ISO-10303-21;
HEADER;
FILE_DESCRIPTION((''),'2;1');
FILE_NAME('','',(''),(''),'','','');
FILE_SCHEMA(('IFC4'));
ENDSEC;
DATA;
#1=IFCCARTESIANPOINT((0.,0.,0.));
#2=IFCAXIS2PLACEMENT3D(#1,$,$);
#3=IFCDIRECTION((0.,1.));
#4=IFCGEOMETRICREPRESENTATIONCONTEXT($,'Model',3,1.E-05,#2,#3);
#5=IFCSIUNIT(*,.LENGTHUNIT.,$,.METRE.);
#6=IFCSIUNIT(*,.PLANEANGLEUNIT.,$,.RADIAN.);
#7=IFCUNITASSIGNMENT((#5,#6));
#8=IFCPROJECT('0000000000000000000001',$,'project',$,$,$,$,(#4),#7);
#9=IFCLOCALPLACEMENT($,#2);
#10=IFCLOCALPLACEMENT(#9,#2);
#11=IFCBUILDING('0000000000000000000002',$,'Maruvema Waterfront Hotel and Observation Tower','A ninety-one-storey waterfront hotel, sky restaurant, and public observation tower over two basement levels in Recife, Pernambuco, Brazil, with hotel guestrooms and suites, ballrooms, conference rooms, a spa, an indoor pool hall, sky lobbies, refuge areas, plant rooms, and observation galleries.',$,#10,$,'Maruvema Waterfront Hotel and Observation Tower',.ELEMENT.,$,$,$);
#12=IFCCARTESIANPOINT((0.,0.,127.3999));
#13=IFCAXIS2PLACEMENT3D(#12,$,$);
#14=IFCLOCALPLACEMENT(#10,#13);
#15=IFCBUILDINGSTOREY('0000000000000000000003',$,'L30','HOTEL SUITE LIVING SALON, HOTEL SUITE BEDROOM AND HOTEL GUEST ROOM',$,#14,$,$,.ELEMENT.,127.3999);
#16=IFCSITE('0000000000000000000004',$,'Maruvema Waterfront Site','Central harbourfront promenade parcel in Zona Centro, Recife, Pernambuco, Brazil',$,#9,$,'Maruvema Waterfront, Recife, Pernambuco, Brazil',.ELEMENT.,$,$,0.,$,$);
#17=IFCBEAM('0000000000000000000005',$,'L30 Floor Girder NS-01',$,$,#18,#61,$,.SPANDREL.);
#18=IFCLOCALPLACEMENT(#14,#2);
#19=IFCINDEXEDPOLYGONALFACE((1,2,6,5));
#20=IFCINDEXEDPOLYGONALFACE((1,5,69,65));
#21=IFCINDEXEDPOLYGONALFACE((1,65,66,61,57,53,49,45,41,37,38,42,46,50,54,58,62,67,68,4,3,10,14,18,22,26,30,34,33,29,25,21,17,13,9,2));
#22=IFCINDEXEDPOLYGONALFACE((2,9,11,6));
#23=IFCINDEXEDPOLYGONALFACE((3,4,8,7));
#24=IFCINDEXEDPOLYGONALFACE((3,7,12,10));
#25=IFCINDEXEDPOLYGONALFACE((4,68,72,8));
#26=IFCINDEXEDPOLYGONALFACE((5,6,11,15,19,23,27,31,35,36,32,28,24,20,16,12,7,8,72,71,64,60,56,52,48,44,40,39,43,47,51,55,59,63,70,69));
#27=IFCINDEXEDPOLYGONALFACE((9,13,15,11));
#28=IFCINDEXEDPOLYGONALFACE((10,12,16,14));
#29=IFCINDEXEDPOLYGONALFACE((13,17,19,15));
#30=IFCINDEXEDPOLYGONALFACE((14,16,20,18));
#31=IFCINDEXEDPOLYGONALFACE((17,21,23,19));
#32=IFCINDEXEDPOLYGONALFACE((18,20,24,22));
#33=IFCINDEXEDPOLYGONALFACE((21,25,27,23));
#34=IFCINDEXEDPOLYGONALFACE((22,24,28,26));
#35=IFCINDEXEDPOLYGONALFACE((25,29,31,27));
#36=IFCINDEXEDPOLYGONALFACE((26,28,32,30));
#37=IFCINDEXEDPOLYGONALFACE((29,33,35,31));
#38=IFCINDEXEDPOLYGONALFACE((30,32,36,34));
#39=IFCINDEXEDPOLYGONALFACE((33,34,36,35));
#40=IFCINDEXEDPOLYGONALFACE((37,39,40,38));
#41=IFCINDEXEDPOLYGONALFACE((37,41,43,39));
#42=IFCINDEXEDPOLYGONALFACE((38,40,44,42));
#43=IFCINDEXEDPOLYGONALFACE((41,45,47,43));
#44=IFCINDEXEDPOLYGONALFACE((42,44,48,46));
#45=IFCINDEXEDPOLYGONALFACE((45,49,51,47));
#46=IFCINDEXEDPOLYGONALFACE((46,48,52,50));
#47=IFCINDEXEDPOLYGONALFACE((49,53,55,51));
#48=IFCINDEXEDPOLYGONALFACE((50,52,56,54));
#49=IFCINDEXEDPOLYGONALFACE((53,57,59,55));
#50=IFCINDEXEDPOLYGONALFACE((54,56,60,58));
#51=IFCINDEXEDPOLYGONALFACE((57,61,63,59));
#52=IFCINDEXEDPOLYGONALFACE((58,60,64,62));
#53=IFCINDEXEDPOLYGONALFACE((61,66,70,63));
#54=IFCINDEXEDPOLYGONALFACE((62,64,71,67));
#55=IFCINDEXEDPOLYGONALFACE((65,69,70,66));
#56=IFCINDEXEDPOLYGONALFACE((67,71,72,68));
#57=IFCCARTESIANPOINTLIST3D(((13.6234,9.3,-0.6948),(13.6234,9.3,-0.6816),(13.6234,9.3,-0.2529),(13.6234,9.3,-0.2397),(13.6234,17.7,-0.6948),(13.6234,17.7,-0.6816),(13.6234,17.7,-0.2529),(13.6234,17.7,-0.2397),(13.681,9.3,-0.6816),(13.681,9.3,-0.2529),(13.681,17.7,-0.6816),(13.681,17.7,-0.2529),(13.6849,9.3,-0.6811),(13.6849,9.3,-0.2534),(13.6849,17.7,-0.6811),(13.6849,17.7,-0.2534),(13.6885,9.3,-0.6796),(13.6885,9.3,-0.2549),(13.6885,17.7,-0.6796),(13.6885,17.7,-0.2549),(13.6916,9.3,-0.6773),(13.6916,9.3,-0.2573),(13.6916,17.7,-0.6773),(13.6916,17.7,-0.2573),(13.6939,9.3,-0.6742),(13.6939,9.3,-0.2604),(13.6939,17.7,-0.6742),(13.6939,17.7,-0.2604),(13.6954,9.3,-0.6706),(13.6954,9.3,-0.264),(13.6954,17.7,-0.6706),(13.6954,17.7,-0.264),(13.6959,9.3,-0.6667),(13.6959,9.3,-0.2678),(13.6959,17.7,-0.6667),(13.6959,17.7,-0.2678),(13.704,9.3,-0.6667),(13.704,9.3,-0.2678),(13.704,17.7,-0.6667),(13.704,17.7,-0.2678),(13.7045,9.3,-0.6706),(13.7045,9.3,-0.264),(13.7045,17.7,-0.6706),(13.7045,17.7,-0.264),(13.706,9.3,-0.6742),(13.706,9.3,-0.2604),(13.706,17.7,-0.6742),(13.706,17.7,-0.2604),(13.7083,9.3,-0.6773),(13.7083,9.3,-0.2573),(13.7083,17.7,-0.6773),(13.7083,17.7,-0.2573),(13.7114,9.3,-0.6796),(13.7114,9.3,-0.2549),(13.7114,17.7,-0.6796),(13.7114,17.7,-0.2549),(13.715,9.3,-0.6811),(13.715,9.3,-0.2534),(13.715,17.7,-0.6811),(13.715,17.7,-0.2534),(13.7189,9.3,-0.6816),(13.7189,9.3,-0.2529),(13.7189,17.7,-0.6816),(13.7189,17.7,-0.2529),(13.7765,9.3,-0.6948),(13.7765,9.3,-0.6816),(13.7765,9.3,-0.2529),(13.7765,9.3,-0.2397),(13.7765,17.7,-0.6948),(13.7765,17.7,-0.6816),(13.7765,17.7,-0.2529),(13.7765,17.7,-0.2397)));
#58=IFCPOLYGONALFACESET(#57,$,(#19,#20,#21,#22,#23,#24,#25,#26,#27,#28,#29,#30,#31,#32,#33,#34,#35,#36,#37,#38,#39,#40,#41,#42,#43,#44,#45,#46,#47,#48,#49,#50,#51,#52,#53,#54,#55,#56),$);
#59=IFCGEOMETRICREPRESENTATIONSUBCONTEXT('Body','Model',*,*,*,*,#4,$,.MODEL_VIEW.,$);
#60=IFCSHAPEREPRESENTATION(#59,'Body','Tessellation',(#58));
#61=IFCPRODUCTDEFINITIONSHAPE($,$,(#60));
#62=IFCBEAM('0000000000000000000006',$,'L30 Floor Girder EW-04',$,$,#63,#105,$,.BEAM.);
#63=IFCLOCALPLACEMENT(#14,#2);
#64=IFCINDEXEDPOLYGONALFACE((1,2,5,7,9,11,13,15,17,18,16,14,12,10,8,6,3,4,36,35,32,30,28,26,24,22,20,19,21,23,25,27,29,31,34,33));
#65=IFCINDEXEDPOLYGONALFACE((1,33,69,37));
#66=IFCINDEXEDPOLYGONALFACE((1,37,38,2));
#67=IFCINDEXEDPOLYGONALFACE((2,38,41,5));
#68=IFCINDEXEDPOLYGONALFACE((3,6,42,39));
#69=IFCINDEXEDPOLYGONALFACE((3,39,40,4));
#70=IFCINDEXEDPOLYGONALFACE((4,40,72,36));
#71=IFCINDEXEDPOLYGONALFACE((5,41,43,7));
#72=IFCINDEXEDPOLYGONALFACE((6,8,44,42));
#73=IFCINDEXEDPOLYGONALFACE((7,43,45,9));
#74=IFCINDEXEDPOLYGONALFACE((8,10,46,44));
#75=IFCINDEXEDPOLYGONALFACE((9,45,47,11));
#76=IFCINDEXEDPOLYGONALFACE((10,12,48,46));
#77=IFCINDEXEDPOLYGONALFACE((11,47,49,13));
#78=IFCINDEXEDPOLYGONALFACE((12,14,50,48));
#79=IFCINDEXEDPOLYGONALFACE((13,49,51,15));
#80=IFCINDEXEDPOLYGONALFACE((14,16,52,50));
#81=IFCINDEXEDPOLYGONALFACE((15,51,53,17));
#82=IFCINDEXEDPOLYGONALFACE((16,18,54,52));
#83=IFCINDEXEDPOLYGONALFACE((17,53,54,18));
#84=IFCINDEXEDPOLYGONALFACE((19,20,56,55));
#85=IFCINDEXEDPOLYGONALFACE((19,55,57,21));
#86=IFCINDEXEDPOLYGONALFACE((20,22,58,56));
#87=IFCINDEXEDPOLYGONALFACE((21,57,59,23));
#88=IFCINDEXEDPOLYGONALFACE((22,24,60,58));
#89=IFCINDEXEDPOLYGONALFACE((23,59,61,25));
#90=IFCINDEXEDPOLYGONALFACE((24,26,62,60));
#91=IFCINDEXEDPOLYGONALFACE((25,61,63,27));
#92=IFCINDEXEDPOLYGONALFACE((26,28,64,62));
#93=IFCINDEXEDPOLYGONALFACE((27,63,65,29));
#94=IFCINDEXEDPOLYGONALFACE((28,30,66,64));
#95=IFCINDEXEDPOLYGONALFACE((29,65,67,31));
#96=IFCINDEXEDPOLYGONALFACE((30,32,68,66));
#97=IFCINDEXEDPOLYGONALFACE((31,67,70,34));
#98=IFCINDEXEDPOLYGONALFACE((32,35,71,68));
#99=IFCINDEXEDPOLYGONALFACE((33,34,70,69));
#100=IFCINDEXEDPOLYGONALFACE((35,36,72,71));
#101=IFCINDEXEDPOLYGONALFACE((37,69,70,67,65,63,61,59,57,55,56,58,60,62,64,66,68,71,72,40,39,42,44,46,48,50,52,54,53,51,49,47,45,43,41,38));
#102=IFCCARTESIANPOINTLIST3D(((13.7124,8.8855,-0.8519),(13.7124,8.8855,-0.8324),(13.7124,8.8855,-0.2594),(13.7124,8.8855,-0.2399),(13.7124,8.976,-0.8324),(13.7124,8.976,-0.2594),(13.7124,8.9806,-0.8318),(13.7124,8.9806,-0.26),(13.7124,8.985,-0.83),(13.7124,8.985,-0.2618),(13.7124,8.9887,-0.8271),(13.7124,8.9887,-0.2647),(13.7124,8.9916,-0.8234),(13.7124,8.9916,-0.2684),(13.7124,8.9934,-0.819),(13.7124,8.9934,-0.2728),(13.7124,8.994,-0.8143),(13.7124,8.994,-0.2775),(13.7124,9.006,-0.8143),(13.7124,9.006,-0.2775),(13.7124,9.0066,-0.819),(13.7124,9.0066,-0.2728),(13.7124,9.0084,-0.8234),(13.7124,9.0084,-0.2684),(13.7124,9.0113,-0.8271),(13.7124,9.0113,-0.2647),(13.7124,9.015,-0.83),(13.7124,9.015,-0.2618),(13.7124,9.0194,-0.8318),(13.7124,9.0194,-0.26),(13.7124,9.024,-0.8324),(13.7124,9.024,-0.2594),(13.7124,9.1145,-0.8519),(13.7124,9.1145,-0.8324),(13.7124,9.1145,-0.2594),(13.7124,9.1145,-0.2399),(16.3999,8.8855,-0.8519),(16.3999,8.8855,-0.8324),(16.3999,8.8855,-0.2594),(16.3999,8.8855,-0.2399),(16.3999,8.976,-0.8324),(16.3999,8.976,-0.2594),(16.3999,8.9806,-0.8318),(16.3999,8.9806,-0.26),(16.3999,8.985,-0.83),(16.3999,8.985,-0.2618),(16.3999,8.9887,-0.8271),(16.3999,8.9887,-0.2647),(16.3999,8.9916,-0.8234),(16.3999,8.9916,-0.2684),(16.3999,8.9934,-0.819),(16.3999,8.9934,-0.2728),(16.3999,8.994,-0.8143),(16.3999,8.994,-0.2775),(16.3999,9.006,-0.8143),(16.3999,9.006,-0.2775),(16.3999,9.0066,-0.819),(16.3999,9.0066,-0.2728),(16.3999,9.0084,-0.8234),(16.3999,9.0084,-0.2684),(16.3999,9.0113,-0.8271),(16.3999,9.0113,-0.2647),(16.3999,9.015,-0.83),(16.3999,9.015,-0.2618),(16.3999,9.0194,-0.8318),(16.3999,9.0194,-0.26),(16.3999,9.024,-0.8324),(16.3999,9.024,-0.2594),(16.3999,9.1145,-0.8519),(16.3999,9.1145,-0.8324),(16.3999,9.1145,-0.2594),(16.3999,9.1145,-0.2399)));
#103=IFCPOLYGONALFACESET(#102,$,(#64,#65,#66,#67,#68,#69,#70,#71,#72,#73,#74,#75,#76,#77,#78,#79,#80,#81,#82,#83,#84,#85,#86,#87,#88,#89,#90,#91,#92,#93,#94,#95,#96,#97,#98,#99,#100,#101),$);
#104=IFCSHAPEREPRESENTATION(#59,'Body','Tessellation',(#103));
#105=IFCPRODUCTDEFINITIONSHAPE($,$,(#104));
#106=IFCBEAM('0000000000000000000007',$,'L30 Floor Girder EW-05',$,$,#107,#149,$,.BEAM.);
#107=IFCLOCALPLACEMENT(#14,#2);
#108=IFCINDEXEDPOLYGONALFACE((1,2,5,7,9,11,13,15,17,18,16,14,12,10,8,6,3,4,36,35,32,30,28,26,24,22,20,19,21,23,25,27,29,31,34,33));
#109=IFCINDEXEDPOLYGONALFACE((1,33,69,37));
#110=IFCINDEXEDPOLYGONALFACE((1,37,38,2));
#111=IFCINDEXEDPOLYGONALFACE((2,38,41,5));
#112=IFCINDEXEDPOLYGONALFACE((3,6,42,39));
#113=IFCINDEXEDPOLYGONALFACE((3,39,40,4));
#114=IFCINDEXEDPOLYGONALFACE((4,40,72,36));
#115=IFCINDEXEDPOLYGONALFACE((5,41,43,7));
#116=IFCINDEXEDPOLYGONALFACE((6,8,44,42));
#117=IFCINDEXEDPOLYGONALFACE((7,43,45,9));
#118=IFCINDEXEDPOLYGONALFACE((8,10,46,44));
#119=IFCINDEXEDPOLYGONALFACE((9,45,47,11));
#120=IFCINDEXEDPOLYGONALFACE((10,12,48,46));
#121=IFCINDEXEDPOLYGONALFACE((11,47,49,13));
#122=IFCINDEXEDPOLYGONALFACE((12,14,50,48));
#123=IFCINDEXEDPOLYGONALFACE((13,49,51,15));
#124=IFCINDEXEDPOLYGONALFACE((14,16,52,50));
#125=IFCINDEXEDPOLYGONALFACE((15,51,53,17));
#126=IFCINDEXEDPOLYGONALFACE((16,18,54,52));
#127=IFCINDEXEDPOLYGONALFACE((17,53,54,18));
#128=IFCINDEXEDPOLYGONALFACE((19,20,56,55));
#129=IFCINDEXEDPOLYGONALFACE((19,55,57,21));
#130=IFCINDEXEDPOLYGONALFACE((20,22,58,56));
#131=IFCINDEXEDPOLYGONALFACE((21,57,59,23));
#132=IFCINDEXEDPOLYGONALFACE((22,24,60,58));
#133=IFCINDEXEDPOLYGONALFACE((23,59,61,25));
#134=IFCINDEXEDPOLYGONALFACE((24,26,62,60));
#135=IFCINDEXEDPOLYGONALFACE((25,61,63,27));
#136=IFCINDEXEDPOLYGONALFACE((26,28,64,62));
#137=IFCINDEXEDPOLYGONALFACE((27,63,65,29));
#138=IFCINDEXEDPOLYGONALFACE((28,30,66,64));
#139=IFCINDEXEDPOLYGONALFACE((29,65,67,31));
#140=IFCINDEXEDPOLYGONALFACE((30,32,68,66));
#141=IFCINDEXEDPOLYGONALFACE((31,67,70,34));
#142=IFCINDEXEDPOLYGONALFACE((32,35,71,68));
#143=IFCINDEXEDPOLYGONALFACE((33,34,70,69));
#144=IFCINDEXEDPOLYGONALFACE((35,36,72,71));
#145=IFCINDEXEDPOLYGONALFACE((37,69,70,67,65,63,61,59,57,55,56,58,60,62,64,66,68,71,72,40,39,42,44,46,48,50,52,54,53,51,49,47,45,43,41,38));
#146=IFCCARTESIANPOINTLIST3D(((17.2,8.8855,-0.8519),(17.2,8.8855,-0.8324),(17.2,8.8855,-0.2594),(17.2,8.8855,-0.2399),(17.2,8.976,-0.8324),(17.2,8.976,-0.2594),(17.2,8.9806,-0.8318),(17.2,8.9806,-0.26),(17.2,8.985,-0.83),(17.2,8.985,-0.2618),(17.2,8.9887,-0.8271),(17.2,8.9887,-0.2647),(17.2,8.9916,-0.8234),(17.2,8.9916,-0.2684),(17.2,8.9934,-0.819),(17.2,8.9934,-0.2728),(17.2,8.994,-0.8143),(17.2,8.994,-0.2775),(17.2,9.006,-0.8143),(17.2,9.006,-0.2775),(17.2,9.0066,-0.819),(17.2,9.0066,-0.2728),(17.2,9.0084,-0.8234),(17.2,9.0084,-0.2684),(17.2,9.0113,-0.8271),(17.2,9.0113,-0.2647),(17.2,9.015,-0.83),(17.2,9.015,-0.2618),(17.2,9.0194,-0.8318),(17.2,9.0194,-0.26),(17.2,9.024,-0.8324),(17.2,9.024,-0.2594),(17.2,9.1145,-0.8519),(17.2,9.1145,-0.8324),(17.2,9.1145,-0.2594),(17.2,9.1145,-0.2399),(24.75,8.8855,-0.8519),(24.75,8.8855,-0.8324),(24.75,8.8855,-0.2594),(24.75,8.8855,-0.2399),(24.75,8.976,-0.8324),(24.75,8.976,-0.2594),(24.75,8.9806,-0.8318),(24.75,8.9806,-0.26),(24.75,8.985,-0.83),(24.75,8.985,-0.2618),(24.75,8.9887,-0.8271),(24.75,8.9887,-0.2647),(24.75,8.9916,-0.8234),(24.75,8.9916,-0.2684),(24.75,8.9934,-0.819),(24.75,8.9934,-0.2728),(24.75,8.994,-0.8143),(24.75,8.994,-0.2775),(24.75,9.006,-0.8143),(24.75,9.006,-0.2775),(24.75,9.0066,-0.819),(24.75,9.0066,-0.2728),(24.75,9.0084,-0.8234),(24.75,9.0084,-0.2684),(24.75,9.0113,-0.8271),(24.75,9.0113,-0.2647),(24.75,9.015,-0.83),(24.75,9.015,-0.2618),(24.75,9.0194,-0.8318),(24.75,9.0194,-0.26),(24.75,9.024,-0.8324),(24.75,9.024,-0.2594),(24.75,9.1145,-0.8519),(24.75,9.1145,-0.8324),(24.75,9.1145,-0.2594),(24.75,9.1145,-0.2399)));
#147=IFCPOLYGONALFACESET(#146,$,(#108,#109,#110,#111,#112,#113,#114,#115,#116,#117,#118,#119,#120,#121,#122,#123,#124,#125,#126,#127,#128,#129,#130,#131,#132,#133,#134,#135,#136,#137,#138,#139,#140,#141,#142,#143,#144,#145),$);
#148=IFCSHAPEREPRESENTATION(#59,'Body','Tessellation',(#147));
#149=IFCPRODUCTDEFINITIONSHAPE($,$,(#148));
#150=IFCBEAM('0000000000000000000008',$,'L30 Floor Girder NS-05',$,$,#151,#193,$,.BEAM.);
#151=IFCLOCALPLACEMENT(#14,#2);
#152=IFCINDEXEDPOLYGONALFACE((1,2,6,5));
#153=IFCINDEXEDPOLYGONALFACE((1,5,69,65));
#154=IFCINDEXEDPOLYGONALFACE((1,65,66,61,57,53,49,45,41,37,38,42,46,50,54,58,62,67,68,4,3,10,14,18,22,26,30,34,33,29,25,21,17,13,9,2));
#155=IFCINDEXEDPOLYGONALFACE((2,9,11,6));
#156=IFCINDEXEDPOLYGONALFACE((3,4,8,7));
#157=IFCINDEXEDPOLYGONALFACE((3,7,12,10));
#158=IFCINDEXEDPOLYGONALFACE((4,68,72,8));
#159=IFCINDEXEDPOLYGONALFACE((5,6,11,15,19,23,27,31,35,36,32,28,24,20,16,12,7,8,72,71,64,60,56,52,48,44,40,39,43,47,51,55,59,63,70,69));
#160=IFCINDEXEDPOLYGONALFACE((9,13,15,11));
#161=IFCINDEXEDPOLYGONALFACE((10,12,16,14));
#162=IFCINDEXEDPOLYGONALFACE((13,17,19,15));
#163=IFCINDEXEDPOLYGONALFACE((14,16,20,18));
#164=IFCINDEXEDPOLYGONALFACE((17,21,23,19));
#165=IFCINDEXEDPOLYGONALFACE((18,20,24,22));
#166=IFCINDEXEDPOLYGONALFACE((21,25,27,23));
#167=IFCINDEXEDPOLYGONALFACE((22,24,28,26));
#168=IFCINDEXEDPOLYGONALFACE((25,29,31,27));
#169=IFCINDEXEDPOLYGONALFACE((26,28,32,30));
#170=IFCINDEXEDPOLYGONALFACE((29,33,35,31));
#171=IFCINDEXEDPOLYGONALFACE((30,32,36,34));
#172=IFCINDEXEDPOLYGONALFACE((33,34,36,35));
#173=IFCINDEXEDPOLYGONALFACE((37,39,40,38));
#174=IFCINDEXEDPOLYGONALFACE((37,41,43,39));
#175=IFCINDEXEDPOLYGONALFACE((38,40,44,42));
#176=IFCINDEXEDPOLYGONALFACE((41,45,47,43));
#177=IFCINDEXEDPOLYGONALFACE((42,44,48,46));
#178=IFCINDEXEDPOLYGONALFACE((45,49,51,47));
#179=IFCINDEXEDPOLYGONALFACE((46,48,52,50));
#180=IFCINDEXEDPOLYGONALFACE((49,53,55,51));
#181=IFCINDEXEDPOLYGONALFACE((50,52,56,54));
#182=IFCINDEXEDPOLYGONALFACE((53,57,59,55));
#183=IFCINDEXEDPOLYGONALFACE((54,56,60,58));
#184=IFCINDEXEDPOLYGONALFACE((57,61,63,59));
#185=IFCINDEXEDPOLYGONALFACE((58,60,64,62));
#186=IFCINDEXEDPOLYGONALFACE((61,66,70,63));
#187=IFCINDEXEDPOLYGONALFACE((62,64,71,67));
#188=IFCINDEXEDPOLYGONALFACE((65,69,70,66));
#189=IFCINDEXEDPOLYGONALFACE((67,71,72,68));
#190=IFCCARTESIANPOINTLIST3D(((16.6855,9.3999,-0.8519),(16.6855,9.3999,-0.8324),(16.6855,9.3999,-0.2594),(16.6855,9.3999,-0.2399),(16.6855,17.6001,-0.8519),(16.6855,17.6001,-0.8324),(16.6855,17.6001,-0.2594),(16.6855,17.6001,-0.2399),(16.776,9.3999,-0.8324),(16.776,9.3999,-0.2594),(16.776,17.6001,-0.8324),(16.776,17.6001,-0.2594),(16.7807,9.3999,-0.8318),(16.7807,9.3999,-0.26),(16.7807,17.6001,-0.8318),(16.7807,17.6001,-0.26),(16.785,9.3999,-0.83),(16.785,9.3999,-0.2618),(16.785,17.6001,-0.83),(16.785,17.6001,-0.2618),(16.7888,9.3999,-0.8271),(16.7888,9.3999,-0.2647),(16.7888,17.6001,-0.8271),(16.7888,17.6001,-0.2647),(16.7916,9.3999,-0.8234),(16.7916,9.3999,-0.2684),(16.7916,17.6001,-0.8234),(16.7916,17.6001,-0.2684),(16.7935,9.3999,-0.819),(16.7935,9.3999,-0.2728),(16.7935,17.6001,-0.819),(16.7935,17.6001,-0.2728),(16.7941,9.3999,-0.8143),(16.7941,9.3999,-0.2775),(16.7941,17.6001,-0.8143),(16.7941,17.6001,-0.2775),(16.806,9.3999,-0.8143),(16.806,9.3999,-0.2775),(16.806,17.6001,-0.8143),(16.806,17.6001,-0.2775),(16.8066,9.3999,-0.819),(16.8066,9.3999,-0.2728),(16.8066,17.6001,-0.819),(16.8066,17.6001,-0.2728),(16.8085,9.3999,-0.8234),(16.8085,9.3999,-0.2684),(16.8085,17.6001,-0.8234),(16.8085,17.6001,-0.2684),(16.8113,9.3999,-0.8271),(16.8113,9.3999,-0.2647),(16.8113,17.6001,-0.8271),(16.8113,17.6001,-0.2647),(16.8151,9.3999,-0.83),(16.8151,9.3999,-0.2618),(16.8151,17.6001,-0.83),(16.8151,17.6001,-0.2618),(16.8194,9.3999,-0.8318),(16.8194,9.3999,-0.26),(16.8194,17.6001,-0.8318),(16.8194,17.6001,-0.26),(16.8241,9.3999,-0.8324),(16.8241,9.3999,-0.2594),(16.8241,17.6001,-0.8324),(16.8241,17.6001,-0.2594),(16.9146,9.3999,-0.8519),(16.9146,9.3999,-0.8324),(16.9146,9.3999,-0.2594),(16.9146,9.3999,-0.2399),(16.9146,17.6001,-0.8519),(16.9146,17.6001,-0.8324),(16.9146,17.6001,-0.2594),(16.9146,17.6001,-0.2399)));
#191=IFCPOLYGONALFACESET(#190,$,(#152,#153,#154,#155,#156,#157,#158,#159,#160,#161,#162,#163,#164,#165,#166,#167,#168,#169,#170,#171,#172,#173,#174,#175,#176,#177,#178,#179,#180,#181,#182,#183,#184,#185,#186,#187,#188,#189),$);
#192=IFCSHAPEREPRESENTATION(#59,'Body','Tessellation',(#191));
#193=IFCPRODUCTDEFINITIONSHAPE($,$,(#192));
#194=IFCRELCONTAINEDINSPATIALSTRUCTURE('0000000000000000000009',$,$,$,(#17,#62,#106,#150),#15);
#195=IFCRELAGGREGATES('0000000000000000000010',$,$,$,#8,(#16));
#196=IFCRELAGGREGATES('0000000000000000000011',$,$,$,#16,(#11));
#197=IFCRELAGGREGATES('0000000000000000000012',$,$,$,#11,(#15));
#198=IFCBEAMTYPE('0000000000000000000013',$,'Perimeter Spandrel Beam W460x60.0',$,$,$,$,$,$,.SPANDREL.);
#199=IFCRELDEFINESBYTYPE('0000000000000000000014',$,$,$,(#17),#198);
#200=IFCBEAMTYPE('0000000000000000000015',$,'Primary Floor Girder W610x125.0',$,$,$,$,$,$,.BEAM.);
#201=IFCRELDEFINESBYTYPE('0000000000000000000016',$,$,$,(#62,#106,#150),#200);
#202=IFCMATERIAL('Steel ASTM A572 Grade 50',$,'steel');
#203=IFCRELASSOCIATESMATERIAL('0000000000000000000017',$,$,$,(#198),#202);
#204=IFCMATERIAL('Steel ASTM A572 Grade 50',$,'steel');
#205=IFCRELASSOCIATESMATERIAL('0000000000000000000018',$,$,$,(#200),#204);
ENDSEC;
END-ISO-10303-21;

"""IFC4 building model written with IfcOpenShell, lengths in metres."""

from ifc_helpers import new_model, si_unit, direction, frame, origin, origin_2d, place, context, subcontext, project, spatial, i_section, extrude, material, material_profile, profile_set, type_object, element, save


model = new_model("IFC4")

# Units and contexts
model_context = context("Model", 3, precision=1e-05, world=origin(), true_north=direction((0.0, 1.0)))
body_context = subcontext(model_context, "Body", "Model", "MODEL_VIEW")
ifc_project = project(units=[si_unit("LENGTHUNIT", "METRE"), si_unit("PLANEANGLEUNIT", "RADIAN")], contexts=[model_context])

# Site, building, storey
site_placement = place(None, origin())
site = spatial("IfcSite", under=ifc_project, at=site_placement, Name="Maruvema Waterfront Site", Description="Central harbourfront promenade parcel in Zona Centro, Recife, Pernambuco, Brazil", LongName="Maruvema Waterfront, Recife, Pernambuco, Brazil", CompositionType="ELEMENT", RefElevation=0.0)
building_placement = place(site_placement, origin())
building = spatial("IfcBuilding", under=site, at=building_placement, Name="Maruvema Waterfront Hotel and Observation Tower", Description="A ninety-one-storey waterfront hotel, sky restaurant, and public observation tower over two basement levels in Recife, Pernambuco, Brazil, with hotel guestrooms and suites, ballrooms, conference rooms, a spa, an indoor pool hall, sky lobbies, refuge areas, plant rooms, and observation galleries.", LongName="Maruvema Waterfront Hotel and Observation Tower", CompositionType="ELEMENT")
storey_placement = place(building_placement, frame((0.0, 0.0, 127.3999)))
storey = spatial("IfcBuildingStorey", under=building, at=storey_placement, Name="L30", Description="HOTEL SUITE LIVING SALON, HOTEL SUITE BEDROOM AND HOTEL GUEST ROOM", CompositionType="ELEMENT", Elevation=127.3999)

# Beams
ifc_material_1 = material(Name="Steel ASTM A572 Grade 50", Category="steel")
ifc_material_profile_1 = material_profile(ifc_material_1, i_section(OverallWidth=0.1531, OverallDepth=0.4551, WebThickness=0.0081, FlangeThickness=0.0132, FilletRadius=0.0149, at=origin_2d()), Name="W460x60.0")
ifc_profile_set_1 = profile_set([ifc_material_profile_1], Name="Steel ASTM A572 Grade 50")
beam_type_1 = type_object("IfcBeamType", Name="Perimeter Spandrel Beam W460x60.0", PredefinedType="SPANDREL", material=ifc_profile_set_1)
beam_1_placement = place(storey_placement, frame((13.7, 9.3, -0.4673), z_axis=(0.0, 1.0, 0.0), x_axis=(-1.0, 0.0, 0.0)))
element("IfcBeam", 1, at=beam_1_placement, inside=storey, type_object=beam_type_1, Name="L30 Floor Girder NS-01", PredefinedType="SPANDREL", context=body_context, shape_type="SweptSolid", body=[
    extrude(i_section(OverallWidth=0.1531, OverallDepth=0.4551, WebThickness=0.0081, FlangeThickness=0.0132, FilletRadius=0.0149, at=origin_2d()), origin(), (0.0, 0.0, 1.0), 8.3999),
])
ifc_material_2 = material(Name="Steel ASTM A572 Grade 50", Category="steel")
ifc_material_profile_2 = material_profile(ifc_material_2, i_section(OverallWidth=0.229, OverallDepth=0.6121, WebThickness=0.012, FlangeThickness=0.0195, FilletRadius=0.0181, at=origin_2d()), Name="W610x125.0")
ifc_profile_set_2 = profile_set([ifc_material_profile_2], Name="Steel ASTM A572 Grade 50")
beam_type_2 = type_object("IfcBeamType", Name="Primary Floor Girder W610x125.0", PredefinedType="BEAM", material=ifc_profile_set_2)
beam_2_placement = place(storey_placement, frame((13.7124, 9.0, -0.5459), z_axis=(1.0, 0.0, 0.0), x_axis=(0.0, 1.0, 0.0)))
element("IfcBeam", 2, at=beam_2_placement, inside=storey, type_object=beam_type_2, Name="L30 Floor Girder EW-04", PredefinedType="BEAM", context=body_context, shape_type="SweptSolid", body=[
    extrude(i_section(OverallWidth=0.229, OverallDepth=0.6121, WebThickness=0.012, FlangeThickness=0.0195, FilletRadius=0.0181, at=origin_2d()), origin(), (0.0, 0.0, 1.0), 2.6875),
])
beam_3_placement = place(storey_placement, frame((17.2, 9.0, -0.5459), z_axis=(1.0, 0.0, 0.0), x_axis=(0.0, 1.0, 0.0)))
element("IfcBeam", 3, at=beam_3_placement, inside=storey, type_object=beam_type_2, Name="L30 Floor Girder EW-05", PredefinedType="BEAM", context=body_context, shape_type="SweptSolid", body=[
    extrude(i_section(OverallWidth=0.229, OverallDepth=0.6121, WebThickness=0.012, FlangeThickness=0.0195, FilletRadius=0.0181, at=origin_2d()), origin(), (0.0, 0.0, 1.0), 7.55),
])
beam_4_placement = place(storey_placement, frame((16.8, 9.3999, -0.5459), z_axis=(0.0, 1.0, 0.0), x_axis=(-1.0, 0.0, 0.0)))
element("IfcBeam", 4, at=beam_4_placement, inside=storey, type_object=beam_type_2, Name="L30 Floor Girder NS-05", PredefinedType="BEAM", context=body_context, shape_type="SweptSolid", body=[
    extrude(i_section(OverallWidth=0.229, OverallDepth=0.6121, WebThickness=0.012, FlangeThickness=0.0195, FilletRadius=0.0181, at=origin_2d()), origin(), (0.0, 0.0, 1.0), 8.2002),
])

save(model, "model.ifc")
